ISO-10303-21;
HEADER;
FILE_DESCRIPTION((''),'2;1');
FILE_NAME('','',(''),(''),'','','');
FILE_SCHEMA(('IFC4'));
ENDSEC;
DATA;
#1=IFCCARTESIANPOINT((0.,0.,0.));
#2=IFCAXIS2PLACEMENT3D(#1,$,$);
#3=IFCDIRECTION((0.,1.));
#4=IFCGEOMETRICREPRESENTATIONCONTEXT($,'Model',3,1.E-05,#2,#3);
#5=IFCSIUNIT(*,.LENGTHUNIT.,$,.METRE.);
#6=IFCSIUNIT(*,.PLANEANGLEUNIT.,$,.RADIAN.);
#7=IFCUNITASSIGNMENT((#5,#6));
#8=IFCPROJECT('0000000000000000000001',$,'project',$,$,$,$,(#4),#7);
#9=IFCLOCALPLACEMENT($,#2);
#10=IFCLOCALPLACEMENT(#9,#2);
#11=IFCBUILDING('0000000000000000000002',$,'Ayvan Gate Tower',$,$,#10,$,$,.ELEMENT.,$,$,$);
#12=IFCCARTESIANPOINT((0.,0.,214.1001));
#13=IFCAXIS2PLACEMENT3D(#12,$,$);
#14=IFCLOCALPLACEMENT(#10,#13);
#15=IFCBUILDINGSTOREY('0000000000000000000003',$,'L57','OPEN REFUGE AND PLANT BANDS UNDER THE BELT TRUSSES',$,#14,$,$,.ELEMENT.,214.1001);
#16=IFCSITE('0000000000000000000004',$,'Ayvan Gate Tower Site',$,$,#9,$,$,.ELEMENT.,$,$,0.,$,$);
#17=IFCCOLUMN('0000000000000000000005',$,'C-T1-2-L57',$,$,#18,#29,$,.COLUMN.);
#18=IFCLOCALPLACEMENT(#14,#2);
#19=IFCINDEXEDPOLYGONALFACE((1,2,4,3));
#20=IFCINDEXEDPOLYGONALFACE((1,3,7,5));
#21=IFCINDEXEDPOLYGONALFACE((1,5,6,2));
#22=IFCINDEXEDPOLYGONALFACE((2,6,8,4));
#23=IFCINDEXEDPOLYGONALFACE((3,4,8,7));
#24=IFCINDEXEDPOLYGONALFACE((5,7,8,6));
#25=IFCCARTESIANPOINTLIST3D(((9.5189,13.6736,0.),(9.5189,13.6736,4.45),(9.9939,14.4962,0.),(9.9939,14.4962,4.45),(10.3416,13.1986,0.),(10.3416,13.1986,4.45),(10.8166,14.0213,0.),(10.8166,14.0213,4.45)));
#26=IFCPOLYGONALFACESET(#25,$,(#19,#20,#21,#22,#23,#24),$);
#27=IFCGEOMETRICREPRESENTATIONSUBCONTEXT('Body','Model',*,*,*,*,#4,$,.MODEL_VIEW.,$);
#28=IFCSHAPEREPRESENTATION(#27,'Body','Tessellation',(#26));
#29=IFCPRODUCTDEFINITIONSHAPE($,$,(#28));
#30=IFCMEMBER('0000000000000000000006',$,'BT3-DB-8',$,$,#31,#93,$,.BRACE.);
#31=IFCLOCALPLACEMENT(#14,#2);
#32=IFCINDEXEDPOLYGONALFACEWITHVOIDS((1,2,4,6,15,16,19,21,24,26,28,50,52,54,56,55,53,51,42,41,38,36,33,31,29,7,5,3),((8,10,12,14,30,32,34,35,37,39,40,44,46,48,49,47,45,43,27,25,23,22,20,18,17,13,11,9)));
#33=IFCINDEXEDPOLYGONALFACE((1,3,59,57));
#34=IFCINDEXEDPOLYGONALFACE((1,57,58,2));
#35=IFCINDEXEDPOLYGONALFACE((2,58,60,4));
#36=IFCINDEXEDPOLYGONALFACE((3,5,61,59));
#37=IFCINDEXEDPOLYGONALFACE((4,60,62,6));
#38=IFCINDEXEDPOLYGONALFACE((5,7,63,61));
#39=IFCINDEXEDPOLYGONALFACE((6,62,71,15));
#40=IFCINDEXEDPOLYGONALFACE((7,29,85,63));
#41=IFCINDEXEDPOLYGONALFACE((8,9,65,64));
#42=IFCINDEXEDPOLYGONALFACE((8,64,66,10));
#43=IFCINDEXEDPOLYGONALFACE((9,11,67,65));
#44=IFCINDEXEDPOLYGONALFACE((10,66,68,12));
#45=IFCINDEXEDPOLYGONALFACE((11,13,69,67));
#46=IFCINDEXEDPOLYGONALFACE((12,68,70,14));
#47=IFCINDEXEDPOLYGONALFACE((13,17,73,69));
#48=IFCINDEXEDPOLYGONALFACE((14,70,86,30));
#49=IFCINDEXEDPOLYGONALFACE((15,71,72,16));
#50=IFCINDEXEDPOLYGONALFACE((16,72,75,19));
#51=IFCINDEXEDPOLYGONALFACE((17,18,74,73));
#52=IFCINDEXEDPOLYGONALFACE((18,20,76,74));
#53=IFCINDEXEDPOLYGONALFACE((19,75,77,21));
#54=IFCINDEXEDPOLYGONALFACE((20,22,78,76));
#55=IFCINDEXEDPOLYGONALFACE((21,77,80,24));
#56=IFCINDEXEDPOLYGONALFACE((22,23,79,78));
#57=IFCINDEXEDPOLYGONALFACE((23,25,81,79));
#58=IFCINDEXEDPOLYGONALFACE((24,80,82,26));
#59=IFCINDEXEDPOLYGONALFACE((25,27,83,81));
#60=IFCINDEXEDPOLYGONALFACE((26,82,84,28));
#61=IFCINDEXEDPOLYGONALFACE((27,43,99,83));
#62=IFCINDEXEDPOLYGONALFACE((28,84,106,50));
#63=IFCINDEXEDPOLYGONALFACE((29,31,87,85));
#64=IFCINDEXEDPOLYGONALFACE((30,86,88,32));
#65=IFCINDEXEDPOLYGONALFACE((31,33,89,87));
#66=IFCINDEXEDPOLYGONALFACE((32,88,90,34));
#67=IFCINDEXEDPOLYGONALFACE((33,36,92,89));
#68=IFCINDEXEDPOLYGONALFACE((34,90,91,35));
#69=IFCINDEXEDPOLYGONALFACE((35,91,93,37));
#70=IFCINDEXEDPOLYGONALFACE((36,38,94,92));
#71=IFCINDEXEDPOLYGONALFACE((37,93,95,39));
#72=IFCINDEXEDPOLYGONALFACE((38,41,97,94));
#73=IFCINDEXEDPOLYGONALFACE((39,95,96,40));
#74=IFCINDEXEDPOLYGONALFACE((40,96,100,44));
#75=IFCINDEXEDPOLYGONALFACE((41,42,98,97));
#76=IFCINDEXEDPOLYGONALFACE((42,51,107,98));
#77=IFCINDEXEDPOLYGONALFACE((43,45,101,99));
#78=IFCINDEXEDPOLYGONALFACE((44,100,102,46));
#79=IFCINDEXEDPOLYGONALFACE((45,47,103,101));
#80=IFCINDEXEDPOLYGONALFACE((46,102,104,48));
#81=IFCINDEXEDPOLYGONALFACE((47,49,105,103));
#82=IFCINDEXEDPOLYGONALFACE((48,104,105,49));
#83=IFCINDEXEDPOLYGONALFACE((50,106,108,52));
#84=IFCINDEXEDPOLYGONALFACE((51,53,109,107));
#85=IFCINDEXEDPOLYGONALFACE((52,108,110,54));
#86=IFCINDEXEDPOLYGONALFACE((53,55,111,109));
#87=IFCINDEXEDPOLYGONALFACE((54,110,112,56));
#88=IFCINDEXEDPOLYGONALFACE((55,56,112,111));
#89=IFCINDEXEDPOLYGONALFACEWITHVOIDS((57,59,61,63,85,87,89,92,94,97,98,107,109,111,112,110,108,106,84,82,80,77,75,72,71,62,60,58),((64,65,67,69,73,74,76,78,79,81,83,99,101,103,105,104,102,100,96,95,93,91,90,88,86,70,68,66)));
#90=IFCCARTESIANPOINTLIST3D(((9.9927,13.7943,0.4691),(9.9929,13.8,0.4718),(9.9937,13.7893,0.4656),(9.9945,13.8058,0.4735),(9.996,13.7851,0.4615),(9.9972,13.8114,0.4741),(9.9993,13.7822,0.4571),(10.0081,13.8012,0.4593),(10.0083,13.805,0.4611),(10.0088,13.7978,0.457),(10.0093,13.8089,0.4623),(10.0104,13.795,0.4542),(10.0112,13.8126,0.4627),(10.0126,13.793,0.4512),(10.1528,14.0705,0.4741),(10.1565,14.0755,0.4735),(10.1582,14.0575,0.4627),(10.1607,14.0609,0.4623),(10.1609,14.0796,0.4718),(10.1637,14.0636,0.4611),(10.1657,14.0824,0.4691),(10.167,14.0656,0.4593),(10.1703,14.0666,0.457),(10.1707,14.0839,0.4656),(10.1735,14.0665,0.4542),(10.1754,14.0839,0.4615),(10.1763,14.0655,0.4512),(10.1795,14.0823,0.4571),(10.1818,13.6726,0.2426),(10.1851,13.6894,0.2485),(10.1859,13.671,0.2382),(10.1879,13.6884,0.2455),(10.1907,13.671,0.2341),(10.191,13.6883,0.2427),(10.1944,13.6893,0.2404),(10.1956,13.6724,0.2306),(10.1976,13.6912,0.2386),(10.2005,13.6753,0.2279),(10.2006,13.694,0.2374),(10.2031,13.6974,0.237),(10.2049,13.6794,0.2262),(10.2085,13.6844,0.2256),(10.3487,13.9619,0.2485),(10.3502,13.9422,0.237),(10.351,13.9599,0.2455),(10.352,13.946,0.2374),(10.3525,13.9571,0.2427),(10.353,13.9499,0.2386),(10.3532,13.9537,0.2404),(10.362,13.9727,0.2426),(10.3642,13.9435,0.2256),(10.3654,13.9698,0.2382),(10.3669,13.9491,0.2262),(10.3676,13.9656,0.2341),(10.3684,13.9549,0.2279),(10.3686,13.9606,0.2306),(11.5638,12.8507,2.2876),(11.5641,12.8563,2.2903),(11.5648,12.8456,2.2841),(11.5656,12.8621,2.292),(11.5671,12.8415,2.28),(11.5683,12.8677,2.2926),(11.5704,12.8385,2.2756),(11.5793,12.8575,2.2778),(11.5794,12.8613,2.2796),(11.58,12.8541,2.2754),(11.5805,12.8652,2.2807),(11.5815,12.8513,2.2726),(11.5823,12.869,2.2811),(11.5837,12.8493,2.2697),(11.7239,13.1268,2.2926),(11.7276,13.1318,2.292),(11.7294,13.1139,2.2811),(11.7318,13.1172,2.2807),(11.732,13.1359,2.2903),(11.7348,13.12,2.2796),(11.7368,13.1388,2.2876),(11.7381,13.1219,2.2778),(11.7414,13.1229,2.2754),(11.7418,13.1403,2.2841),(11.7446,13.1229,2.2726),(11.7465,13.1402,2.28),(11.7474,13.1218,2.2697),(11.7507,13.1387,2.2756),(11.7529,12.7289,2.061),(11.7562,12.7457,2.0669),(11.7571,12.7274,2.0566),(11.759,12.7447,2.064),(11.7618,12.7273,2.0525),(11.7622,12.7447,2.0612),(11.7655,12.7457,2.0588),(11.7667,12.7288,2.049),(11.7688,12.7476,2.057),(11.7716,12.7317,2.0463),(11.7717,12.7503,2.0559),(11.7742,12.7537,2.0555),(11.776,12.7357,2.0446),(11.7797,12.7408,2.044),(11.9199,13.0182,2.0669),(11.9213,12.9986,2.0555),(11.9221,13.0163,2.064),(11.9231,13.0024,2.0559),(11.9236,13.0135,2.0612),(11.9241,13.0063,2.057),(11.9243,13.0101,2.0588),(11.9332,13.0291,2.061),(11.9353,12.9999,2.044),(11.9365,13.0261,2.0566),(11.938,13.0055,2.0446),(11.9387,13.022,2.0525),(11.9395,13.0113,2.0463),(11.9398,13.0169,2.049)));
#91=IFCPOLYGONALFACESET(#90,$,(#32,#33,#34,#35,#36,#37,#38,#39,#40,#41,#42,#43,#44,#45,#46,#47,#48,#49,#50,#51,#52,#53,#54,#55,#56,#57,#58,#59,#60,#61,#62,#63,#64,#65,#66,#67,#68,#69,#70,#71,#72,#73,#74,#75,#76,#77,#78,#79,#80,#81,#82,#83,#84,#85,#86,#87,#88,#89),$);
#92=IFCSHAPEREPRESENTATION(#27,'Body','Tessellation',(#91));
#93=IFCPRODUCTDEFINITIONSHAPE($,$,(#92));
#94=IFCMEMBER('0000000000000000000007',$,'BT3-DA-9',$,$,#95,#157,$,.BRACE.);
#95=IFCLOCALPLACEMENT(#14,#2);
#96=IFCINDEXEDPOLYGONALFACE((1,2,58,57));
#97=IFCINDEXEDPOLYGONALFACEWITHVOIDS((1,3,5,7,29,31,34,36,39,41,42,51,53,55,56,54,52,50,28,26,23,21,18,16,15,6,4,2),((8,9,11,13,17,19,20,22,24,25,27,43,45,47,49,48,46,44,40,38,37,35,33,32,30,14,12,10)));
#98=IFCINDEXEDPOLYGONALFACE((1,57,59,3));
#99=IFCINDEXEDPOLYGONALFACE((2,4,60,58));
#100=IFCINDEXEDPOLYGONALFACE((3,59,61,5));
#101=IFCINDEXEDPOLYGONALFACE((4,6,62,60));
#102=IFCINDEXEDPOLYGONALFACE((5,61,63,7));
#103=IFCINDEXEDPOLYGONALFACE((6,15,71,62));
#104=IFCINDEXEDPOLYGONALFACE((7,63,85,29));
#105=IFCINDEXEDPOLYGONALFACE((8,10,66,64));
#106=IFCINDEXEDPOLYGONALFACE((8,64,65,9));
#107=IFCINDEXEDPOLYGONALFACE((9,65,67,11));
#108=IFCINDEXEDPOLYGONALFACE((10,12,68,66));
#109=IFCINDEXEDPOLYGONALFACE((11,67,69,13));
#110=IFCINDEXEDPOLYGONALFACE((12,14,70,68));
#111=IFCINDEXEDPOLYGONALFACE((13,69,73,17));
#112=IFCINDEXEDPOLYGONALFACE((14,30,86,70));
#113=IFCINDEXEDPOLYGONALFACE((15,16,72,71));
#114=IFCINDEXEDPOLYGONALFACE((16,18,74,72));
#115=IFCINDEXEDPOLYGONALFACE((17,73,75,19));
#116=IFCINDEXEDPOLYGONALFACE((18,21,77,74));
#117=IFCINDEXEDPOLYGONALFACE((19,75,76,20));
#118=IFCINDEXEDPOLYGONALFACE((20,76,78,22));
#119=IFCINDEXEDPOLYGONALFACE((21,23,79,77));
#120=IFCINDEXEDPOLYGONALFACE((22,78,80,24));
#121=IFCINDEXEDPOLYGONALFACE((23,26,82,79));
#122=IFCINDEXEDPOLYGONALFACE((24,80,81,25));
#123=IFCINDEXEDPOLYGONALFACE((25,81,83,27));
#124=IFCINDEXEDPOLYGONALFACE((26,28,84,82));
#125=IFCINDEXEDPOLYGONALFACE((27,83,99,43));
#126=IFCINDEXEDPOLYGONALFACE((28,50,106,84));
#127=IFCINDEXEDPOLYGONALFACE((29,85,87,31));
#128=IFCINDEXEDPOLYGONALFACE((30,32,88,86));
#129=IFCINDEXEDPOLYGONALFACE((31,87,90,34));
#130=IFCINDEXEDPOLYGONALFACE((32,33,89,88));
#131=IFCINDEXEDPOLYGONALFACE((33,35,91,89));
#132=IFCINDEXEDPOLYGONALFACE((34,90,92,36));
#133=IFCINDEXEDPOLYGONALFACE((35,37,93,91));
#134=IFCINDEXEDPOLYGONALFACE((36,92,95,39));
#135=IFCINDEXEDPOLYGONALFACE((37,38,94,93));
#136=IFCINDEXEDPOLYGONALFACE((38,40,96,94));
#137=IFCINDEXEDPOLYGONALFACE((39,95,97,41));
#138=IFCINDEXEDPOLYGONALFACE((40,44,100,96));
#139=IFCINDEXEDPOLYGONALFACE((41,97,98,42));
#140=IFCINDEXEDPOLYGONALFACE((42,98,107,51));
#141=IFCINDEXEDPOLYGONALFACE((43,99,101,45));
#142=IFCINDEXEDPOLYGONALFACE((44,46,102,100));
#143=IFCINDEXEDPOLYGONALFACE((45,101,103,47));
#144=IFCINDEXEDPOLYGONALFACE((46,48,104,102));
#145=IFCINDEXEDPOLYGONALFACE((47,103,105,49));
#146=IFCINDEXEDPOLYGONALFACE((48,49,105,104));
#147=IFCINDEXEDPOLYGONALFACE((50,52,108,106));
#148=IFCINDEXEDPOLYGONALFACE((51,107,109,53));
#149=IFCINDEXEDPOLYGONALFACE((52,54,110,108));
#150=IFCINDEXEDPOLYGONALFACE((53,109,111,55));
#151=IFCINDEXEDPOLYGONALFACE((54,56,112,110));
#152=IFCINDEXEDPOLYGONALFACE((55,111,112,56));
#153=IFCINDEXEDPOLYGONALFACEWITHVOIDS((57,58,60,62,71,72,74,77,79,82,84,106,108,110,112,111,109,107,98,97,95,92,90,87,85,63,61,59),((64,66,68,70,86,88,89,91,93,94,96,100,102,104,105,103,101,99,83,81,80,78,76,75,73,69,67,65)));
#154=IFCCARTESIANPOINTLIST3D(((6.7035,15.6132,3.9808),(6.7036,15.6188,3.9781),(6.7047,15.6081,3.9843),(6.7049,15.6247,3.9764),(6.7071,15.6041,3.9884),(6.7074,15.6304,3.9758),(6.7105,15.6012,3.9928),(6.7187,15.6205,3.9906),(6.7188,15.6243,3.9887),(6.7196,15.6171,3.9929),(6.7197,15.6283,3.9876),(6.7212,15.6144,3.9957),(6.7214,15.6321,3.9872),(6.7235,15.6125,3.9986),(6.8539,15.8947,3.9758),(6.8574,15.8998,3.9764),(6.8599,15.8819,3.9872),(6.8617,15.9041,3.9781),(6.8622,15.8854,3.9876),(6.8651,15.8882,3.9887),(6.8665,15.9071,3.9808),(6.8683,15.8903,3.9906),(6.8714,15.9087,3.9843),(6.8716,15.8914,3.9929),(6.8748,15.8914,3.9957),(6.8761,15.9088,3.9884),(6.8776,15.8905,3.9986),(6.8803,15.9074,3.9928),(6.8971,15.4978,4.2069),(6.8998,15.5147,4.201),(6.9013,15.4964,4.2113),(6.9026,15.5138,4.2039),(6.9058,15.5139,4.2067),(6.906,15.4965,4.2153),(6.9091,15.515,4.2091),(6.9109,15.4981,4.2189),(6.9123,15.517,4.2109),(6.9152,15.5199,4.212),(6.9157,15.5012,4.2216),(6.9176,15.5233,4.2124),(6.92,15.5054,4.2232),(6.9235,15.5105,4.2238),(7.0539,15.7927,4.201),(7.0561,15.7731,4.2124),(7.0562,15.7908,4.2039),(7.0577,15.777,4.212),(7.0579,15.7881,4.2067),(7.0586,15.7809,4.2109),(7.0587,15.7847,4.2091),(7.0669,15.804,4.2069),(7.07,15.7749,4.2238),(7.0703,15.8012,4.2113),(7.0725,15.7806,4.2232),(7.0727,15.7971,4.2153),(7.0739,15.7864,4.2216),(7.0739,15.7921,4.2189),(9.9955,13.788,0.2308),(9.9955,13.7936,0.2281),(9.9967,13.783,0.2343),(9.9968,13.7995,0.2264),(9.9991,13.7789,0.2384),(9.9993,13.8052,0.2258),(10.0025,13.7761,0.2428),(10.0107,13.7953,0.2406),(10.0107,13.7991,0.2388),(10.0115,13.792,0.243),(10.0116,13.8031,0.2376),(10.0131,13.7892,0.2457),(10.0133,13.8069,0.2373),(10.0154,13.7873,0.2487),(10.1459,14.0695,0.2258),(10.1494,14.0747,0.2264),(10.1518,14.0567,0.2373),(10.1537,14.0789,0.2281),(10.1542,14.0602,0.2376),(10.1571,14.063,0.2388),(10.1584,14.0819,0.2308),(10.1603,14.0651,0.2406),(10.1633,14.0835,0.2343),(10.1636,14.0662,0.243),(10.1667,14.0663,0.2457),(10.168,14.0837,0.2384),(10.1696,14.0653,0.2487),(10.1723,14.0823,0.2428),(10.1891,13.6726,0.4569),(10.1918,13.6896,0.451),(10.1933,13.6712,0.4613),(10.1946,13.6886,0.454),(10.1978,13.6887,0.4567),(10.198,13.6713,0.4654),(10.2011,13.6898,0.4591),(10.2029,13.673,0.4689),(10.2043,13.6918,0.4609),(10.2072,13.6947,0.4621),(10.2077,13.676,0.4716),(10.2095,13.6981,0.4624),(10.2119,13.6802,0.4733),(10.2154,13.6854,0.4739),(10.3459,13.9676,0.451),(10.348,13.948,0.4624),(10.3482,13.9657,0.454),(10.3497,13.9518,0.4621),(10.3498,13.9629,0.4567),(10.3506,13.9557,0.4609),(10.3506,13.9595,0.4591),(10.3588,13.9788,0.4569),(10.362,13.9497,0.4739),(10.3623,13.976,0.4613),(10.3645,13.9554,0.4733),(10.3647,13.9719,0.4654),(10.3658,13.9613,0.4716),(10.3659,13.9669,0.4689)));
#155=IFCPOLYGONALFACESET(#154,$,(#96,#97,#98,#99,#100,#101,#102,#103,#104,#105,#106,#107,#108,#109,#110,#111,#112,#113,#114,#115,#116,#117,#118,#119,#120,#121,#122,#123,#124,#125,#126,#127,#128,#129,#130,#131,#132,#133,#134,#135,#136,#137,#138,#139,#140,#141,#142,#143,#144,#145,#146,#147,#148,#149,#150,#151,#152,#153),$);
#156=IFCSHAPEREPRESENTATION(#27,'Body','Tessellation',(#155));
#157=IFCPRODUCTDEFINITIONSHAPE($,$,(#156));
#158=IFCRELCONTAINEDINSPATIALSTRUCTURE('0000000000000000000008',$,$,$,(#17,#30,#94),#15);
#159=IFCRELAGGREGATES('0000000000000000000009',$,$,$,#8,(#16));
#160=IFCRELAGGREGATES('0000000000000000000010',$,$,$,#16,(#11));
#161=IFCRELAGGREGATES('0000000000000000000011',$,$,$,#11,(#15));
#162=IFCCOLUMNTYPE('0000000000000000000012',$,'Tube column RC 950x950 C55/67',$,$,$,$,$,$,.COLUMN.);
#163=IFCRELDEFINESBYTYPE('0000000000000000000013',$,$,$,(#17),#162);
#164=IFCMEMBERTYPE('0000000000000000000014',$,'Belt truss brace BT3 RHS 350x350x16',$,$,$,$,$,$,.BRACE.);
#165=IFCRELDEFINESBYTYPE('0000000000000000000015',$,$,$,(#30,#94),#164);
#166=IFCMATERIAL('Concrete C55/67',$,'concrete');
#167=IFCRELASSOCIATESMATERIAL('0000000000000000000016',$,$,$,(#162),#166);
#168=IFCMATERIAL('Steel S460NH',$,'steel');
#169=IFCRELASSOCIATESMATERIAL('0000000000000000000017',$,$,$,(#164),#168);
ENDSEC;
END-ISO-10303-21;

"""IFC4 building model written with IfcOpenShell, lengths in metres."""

from ifc_helpers import new_model, si_unit, direction, frame, origin, origin_2d, place, context, subcontext, project, spatial, rectangle, hollow_rectangle, extrude, material, material_profile, profile_set, type_object, element, save


model = new_model("IFC4")

# Units and contexts
model_context = context("Model", 3, precision=1e-05, world=origin(), true_north=direction((0.0, 1.0)))
body_context = subcontext(model_context, "Body", "Model", "MODEL_VIEW")
ifc_project = project(units=[si_unit("LENGTHUNIT", "METRE"), si_unit("PLANEANGLEUNIT", "RADIAN")], contexts=[model_context])

# Site, building, storey
site_placement = place(None, origin())
site = spatial("IfcSite", under=ifc_project, at=site_placement, Name="Ayvan Gate Tower Site", CompositionType="ELEMENT", RefElevation=0.0)
building_placement = place(site_placement, origin())
building = spatial("IfcBuilding", under=site, at=building_placement, Name="Ayvan Gate Tower", CompositionType="ELEMENT")
storey_placement = place(building_placement, frame((0.0, 0.0, 214.1001)))
storey = spatial("IfcBuildingStorey", under=building, at=storey_placement, Name="L57", Description="OPEN REFUGE AND PLANT BANDS UNDER THE BELT TRUSSES", CompositionType="ELEMENT", Elevation=214.1001)

# Column
ifc_material_1 = material(Name="Concrete C55/67", Category="concrete")
ifc_material_profile_1 = material_profile(ifc_material_1, rectangle(XDim=0.95, YDim=0.95, at=origin_2d()), Name="RC 950x950")
ifc_profile_set_1 = profile_set([ifc_material_profile_1], Name="Concrete C55/67")
column_type = type_object("IfcColumnType", Name="Tube column RC 950x950 C55/67", PredefinedType="COLUMN", material=ifc_profile_set_1)
column_placement = place(storey_placement, frame((10.1677, 13.8474, 0.0), z_axis=(0.0, 0.0, 1.0), x_axis=(0.5, 0.866025, 0.0)))
element("IfcColumn", 1, at=column_placement, inside=storey, type_object=column_type, Name="C-T1-2-L57", PredefinedType="COLUMN", context=body_context, shape_type="SweptSolid", body=[
    extrude(rectangle(XDim=0.95, YDim=0.95, at=origin_2d()), origin(), (0.0, 0.0, 1.0), 4.45),
])

# Members
ifc_material_2 = material(Name="Steel S460NH", Category="steel")
ifc_material_profile_2 = material_profile(ifc_material_2, hollow_rectangle(XDim=0.3501, YDim=0.3501, WallThickness=0.0161, InnerFilletRadius=0.0161, OuterFilletRadius=0.0239, at=origin_2d()), Name="RHS 350x350x16")
ifc_profile_set_2 = profile_set([ifc_material_profile_2], Name="Steel S460NH")
member_type_1 = type_object("IfcMemberType", Name="Belt truss brace BT3 RHS 350x350x16", PredefinedType="BRACE", material=ifc_profile_set_2)
member_1_placement = place(storey_placement, frame((10.1807, 13.8774, 0.3499), z_axis=(0.608539, -0.365502, 0.704336), x_axis=(0.514888, 0.857258, 0.0)))
element("IfcMember", 2, at=member_1_placement, inside=storey, type_object=member_type_1, Name="BT3-DB-8", PredefinedType="BRACE", context=body_context, shape_type="SweptSolid", body=[
    extrude(hollow_rectangle(XDim=0.3501, YDim=0.3501, WallThickness=0.0161, InnerFilletRadius=0.0161, OuterFilletRadius=0.0239, at=origin_2d()), origin(), (0.0, 0.0, 1.0), 2.5818),
])
member_2_placement = place(storey_placement, frame((10.1807, 13.8774, 0.3499), z_axis=(-0.619577, 0.343515, 0.705777), x_axis=(-0.484894, -0.874573, 0.0)))
element("IfcMember", 3, at=member_2_placement, inside=storey, type_object=member_type_1, Name="BT3-DA-9", PredefinedType="BRACE", context=body_context, shape_type="SweptSolid", body=[
    extrude(hollow_rectangle(XDim=0.3501, YDim=0.3501, WallThickness=0.0161, InnerFilletRadius=0.0161, OuterFilletRadius=0.0239, at=origin_2d()), origin(), (0.0, 0.0, 1.0), 5.3132),
])

save(model, "model.ifc")
